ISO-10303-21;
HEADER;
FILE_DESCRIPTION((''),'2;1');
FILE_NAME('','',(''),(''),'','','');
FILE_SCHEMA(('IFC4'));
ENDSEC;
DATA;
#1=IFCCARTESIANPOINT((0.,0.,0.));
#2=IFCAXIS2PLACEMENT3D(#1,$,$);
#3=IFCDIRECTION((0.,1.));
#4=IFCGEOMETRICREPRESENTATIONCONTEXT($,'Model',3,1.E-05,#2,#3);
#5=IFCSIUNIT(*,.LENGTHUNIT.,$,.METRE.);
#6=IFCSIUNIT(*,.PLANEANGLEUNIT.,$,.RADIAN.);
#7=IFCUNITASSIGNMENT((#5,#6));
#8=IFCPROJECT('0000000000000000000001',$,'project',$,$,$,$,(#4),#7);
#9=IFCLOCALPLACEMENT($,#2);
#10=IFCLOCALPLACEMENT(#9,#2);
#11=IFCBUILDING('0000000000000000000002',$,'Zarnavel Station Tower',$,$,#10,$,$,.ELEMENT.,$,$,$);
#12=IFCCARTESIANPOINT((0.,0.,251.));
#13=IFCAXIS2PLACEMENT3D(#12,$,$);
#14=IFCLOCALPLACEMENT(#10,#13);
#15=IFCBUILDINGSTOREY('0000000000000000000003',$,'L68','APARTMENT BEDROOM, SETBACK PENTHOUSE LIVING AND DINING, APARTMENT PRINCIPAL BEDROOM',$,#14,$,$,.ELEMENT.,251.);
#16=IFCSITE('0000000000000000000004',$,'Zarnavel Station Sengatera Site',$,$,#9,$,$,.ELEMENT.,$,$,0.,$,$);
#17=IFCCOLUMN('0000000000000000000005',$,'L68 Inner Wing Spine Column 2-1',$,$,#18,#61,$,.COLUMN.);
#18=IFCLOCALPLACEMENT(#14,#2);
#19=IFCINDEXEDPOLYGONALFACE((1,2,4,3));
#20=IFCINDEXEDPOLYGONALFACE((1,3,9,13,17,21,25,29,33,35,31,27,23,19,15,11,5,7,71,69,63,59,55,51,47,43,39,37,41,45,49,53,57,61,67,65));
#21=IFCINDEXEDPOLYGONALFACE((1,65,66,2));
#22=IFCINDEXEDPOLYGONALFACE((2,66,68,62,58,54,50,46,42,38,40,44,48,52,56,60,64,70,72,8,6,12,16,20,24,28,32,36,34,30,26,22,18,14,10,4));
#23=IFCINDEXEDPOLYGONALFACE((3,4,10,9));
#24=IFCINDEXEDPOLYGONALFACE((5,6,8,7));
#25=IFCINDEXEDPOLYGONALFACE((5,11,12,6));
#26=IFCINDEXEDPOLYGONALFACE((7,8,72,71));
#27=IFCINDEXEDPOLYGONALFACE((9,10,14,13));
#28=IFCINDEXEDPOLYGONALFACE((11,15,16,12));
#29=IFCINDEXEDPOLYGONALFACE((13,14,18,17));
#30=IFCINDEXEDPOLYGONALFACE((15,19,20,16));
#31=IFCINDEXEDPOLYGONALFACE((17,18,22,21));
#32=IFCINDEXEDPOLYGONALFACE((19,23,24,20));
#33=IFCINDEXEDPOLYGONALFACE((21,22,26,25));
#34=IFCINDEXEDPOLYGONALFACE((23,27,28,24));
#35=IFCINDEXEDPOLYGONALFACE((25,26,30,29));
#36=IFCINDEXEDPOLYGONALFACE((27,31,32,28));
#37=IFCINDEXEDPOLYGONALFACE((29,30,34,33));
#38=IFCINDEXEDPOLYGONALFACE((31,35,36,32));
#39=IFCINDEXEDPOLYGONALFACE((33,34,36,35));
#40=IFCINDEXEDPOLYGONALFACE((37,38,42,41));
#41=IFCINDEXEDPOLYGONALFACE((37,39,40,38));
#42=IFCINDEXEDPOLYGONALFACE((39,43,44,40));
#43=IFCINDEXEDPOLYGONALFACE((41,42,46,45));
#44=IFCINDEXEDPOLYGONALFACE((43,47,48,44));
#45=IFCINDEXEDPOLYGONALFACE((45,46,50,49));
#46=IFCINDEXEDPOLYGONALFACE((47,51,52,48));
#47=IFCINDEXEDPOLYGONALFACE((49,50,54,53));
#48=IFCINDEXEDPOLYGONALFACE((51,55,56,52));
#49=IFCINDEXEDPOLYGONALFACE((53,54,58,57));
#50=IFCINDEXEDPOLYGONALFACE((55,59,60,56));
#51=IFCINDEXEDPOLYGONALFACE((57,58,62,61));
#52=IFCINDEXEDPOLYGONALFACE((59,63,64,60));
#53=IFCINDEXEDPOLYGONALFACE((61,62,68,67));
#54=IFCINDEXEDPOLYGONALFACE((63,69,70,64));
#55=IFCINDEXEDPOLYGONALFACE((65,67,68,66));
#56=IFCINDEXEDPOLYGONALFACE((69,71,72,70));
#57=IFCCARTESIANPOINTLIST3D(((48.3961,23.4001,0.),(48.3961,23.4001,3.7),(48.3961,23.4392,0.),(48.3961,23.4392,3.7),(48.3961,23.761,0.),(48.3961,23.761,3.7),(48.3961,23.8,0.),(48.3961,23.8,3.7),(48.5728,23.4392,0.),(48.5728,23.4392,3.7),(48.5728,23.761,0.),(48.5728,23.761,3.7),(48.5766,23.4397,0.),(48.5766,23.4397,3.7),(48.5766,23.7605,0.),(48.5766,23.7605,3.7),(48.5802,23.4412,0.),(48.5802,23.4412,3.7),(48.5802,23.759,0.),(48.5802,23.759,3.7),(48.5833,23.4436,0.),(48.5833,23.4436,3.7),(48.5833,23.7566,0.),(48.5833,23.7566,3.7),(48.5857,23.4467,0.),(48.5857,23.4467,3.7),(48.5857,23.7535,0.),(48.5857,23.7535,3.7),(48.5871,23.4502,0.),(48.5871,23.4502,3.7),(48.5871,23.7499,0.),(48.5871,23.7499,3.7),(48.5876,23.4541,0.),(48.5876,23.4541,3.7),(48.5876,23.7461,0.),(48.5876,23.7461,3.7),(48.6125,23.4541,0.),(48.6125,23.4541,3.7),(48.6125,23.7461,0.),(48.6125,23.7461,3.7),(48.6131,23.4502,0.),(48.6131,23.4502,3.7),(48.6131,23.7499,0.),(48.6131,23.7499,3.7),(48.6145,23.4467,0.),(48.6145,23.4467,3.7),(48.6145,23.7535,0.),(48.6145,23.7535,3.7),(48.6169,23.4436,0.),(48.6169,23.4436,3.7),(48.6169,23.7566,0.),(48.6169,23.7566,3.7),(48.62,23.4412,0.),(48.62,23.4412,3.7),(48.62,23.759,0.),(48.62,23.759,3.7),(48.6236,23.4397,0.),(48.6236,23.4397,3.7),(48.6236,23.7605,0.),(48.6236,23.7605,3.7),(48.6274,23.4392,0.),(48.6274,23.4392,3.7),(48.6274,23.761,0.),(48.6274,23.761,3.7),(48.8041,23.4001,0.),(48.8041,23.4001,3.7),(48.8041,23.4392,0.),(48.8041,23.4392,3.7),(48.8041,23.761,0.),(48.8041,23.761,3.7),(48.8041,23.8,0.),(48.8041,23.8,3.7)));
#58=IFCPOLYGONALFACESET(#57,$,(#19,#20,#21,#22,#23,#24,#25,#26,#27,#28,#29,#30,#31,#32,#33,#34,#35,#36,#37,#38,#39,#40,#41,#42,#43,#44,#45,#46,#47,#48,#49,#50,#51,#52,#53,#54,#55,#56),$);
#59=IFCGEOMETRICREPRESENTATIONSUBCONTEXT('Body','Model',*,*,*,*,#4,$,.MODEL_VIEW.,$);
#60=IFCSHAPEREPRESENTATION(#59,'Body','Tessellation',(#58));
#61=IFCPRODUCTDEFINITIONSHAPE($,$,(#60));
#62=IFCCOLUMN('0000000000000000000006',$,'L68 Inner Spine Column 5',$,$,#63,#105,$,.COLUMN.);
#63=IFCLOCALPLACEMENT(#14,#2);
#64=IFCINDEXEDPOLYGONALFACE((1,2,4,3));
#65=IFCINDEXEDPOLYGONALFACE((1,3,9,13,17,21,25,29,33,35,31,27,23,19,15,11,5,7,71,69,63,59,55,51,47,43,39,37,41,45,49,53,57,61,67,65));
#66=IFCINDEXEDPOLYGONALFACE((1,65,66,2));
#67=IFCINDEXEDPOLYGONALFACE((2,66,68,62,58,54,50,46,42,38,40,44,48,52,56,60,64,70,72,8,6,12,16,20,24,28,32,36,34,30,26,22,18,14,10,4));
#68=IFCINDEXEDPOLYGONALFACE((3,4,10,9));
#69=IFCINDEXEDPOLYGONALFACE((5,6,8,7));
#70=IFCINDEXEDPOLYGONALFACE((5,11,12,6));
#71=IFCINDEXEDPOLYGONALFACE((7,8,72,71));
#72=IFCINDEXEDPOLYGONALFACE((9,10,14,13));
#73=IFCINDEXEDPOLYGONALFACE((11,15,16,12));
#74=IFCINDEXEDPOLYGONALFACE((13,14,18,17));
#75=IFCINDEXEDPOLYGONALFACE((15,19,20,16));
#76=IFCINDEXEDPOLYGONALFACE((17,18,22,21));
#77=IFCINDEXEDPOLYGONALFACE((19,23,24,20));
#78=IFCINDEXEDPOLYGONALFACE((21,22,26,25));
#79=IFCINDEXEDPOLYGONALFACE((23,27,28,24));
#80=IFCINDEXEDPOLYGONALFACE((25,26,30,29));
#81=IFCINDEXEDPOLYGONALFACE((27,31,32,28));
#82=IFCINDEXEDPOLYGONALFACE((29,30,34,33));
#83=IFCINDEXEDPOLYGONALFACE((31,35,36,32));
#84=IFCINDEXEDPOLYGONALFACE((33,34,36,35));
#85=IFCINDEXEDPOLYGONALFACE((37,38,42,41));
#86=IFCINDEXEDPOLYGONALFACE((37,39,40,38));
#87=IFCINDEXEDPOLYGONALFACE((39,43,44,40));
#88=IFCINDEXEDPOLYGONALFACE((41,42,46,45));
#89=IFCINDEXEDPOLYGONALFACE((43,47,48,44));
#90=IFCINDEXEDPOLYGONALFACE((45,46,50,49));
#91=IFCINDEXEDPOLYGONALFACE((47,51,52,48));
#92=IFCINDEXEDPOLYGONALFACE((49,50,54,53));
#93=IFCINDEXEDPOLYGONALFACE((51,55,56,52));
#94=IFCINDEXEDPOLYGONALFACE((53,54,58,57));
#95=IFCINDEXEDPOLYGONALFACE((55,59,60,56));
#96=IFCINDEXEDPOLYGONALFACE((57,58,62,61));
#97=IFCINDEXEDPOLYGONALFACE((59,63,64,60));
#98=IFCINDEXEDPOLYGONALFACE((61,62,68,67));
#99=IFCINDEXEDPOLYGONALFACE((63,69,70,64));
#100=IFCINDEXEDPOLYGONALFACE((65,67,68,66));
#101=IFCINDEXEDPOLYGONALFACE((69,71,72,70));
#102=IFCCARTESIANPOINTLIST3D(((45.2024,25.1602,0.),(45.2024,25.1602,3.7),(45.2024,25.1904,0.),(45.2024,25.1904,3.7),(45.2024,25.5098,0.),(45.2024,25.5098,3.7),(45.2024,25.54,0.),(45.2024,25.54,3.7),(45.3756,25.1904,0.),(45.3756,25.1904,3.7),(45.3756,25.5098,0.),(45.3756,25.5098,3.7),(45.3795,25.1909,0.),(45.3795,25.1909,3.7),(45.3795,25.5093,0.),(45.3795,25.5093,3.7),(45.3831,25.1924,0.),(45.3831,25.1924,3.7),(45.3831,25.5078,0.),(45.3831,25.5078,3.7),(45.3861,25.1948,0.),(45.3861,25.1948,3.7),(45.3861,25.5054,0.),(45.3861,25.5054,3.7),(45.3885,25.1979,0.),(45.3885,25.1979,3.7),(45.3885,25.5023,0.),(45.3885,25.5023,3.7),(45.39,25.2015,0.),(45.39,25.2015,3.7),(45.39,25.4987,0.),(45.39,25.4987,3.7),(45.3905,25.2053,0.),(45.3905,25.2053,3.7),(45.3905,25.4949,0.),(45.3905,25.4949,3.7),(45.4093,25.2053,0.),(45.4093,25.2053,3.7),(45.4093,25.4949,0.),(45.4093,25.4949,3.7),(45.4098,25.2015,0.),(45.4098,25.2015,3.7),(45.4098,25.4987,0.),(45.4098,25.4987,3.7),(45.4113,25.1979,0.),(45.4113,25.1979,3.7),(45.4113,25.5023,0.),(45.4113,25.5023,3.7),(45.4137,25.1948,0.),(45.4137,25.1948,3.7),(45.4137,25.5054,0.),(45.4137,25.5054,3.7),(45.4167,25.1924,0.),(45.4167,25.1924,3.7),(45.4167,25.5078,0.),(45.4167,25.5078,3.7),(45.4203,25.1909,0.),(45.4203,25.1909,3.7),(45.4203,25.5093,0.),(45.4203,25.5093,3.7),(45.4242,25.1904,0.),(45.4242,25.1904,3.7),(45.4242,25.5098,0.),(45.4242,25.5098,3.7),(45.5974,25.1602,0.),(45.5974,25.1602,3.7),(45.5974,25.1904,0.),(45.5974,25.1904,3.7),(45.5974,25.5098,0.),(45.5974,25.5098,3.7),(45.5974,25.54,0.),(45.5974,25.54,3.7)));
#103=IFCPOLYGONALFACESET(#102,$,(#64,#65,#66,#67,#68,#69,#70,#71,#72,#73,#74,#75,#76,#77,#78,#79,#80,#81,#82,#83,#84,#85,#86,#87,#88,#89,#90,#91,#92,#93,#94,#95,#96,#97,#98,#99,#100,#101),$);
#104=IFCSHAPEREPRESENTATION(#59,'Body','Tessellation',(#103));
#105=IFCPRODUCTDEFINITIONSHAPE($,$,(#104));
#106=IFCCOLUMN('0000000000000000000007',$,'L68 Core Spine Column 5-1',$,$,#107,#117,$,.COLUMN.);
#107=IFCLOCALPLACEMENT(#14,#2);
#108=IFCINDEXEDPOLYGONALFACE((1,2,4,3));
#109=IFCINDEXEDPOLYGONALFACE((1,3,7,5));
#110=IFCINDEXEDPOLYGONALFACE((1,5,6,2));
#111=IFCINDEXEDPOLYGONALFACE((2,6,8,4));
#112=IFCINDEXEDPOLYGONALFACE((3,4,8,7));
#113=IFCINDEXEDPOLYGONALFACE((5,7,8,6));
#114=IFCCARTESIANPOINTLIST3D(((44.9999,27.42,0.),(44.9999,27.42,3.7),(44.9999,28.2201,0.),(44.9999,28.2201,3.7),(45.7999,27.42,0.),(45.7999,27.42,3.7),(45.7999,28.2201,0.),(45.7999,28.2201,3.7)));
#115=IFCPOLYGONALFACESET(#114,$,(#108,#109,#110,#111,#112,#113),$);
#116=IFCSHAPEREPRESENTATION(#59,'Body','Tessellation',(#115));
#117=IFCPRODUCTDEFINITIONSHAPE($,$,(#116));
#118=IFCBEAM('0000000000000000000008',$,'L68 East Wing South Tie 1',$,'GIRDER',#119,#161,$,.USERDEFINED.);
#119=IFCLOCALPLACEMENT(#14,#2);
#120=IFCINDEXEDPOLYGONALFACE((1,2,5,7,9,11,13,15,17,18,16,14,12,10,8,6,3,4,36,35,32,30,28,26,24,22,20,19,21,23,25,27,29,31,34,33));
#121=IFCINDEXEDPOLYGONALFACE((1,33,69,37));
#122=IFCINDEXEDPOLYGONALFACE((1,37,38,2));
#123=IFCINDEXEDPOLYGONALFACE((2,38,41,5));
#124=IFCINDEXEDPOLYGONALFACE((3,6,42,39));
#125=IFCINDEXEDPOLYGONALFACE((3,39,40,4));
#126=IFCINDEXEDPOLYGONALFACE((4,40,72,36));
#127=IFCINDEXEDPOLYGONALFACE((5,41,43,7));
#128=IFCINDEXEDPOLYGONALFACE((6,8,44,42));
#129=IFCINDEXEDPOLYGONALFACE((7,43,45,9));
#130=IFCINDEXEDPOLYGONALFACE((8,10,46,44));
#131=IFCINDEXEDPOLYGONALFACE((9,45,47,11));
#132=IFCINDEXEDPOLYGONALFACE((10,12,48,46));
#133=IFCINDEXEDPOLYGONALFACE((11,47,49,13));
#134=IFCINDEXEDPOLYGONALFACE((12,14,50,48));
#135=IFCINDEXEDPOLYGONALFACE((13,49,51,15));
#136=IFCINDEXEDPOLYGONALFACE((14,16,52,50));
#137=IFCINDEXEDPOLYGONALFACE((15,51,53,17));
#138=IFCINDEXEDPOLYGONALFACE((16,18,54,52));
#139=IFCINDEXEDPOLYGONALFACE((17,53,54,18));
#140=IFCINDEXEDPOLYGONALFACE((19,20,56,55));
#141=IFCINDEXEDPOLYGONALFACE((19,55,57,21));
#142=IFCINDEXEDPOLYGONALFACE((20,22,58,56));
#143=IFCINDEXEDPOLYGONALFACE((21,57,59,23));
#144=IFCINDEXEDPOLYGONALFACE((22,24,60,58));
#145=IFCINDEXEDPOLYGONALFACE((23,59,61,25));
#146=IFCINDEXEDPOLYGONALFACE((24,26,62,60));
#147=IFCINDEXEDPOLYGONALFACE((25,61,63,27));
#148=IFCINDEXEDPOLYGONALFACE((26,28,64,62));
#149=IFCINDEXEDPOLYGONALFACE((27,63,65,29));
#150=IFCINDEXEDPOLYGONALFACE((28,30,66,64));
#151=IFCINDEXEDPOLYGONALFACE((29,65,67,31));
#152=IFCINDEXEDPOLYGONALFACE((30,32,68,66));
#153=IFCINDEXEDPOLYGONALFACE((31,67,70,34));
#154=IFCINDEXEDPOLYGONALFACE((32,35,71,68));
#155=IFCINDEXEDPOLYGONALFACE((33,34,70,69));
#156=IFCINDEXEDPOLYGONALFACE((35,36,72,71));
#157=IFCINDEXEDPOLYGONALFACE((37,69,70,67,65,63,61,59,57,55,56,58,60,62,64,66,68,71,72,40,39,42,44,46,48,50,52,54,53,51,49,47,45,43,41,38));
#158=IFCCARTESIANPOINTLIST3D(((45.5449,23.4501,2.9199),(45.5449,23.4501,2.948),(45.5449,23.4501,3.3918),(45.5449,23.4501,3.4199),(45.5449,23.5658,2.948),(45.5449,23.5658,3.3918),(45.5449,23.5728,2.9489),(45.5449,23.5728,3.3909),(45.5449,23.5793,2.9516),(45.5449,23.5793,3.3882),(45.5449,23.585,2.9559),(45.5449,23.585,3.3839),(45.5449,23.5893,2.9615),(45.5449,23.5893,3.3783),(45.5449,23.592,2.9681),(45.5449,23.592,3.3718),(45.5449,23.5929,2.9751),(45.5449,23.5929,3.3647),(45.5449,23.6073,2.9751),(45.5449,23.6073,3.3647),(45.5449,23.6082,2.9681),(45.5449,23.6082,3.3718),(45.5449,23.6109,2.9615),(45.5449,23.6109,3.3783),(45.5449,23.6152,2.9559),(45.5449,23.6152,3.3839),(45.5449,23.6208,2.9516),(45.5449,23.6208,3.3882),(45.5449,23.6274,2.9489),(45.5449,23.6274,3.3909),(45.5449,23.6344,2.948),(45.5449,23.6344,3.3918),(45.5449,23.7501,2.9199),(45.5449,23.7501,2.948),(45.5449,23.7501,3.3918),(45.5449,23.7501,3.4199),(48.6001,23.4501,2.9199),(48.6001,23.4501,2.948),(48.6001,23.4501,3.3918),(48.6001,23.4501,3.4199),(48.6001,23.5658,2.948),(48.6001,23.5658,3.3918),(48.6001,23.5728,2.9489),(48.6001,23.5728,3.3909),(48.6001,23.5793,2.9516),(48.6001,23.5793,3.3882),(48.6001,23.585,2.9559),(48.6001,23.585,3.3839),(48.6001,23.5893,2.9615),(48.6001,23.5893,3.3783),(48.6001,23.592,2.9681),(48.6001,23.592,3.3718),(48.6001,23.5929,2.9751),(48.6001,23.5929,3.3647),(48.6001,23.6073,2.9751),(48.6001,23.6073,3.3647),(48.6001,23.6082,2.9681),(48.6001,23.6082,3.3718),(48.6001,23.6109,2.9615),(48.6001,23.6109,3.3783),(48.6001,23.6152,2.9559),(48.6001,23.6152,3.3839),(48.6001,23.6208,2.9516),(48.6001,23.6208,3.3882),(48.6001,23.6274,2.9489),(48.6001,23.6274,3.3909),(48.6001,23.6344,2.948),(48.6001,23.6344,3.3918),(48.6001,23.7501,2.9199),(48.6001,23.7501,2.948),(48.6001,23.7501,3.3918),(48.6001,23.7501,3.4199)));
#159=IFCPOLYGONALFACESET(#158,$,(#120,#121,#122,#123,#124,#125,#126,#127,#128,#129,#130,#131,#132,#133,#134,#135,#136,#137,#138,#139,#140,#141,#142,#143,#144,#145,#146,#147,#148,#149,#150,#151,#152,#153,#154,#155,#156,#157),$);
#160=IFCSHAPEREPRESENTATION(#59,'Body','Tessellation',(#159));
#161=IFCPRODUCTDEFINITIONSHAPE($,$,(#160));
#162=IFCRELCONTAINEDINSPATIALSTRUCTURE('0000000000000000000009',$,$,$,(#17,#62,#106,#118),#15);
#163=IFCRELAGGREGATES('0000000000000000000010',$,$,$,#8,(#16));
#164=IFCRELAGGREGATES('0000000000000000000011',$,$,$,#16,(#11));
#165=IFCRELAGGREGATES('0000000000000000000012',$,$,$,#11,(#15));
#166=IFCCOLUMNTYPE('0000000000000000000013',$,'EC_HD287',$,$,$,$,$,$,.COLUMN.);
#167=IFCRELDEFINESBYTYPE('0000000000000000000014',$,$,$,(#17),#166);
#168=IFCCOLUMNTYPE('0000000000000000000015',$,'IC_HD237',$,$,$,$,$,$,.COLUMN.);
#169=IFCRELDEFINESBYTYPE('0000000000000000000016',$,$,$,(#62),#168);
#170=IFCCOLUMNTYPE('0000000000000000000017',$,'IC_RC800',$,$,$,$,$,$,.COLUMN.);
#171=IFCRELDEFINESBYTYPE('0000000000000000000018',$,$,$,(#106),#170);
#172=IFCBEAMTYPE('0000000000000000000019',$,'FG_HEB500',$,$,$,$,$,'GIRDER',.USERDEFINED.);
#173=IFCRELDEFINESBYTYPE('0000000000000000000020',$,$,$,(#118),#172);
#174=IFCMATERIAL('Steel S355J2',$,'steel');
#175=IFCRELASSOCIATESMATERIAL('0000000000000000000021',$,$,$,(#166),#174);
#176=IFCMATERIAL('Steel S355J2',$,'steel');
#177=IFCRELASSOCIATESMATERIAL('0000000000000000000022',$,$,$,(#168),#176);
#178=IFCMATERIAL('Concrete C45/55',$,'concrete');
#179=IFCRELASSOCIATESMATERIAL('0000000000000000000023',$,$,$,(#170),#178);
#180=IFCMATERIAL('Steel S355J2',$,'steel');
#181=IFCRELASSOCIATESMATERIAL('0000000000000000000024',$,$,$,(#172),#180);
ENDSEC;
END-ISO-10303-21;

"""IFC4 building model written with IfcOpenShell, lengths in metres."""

from ifc_helpers import new_model, si_unit, direction, frame, origin, origin_2d, place, context, subcontext, project, spatial, rectangle, i_section, extrude, material, material_profile, profile_set, type_object, element, save


model = new_model("IFC4")

# Units and contexts
model_context = context("Model", 3, precision=1e-05, world=origin(), true_north=direction((0.0, 1.0)))
body_context = subcontext(model_context, "Body", "Model", "MODEL_VIEW")
ifc_project = project(units=[si_unit("LENGTHUNIT", "METRE"), si_unit("PLANEANGLEUNIT", "RADIAN")], contexts=[model_context])

# Site, building, storey
site_placement = place(None, origin())
site = spatial("IfcSite", under=ifc_project, at=site_placement, Name="Zarnavel Station Sengatera Site", CompositionType="ELEMENT", RefElevation=0.0)
building_placement = place(site_placement, origin())
building = spatial("IfcBuilding", under=site, at=building_placement, Name="Zarnavel Station Tower", CompositionType="ELEMENT")
storey_placement = place(building_placement, frame((0.0, 0.0, 251.0)))
storey = spatial("IfcBuildingStorey", under=building, at=storey_placement, Name="L68", Description="APARTMENT BEDROOM, SETBACK PENTHOUSE LIVING AND DINING, APARTMENT PRINCIPAL BEDROOM", CompositionType="ELEMENT", Elevation=251.0)

# Columns
ifc_material_1 = material(Name="Steel S355J2", Category="steel")
ifc_material_profile_1 = material_profile(ifc_material_1, i_section(OverallWidth=0.408, OverallDepth=0.3999, WebThickness=0.0249, FlangeThickness=0.0391, FilletRadius=0.0149, at=origin_2d()), Name="HD400x287")
ifc_profile_set_1 = profile_set([ifc_material_profile_1], Name="Steel S355J2")
column_type_1 = type_object("IfcColumnType", Name="EC_HD287", PredefinedType="COLUMN", material=ifc_profile_set_1)
column_1_placement = place(storey_placement, frame((48.6001, 23.6001, 0.0), z_axis=(0.0, 0.0, 1.0), x_axis=(1.0, 0.0, 0.0)))
element("IfcColumn", 1, at=column_1_placement, inside=storey, type_object=column_type_1, Name="L68 Inner Wing Spine Column 2-1", PredefinedType="COLUMN", context=body_context, shape_type="SweptSolid", body=[
    extrude(i_section(OverallWidth=0.408, OverallDepth=0.3999, WebThickness=0.0249, FlangeThickness=0.0391, FilletRadius=0.0149, at=origin_2d()), origin(), (0.0, 0.0, 1.0), 3.7),
])
ifc_material_2 = material(Name="Steel S355J2", Category="steel")
ifc_material_profile_2 = material_profile(ifc_material_2, i_section(OverallWidth=0.395, OverallDepth=0.3799, WebThickness=0.0188, FlangeThickness=0.0303, FilletRadius=0.0149, at=origin_2d()), Name="HD400x237")
ifc_profile_set_2 = profile_set([ifc_material_profile_2], Name="Steel S355J2")
column_type_2 = type_object("IfcColumnType", Name="IC_HD237", PredefinedType="COLUMN", material=ifc_profile_set_2)
column_2_placement = place(storey_placement, frame((45.3999, 25.3501, 0.0), z_axis=(0.0, 0.0, 1.0), x_axis=(1.0, 0.0, 0.0)))
element("IfcColumn", 2, at=column_2_placement, inside=storey, type_object=column_type_2, Name="L68 Inner Spine Column 5", PredefinedType="COLUMN", context=body_context, shape_type="SweptSolid", body=[
    extrude(i_section(OverallWidth=0.395, OverallDepth=0.3799, WebThickness=0.0188, FlangeThickness=0.0303, FilletRadius=0.0149, at=origin_2d()), origin(), (0.0, 0.0, 1.0), 3.7),
])
ifc_material_3 = material(Name="Concrete C45/55", Category="concrete")
ifc_material_profile_3 = material_profile(ifc_material_3, rectangle(XDim=0.8, YDim=0.8, at=origin_2d()), Name="RC800x800")
ifc_profile_set_3 = profile_set([ifc_material_profile_3], Name="Concrete C45/55")
column_type_3 = type_object("IfcColumnType", Name="IC_RC800", PredefinedType="COLUMN", material=ifc_profile_set_3)
column_3_placement = place(storey_placement, frame((45.3999, 27.8201, 0.0), z_axis=(0.0, 0.0, 1.0), x_axis=(1.0, 0.0, 0.0)))
element("IfcColumn", 3, at=column_3_placement, inside=storey, type_object=column_type_3, Name="L68 Core Spine Column 5-1", PredefinedType="COLUMN", context=body_context, shape_type="SweptSolid", body=[
    extrude(rectangle(XDim=0.8, YDim=0.8, at=origin_2d()), origin(), (0.0, 0.0, 1.0), 3.7),
])

# Beam
ifc_material_4 = material(Name="Steel S355J2", Category="steel")
ifc_material_profile_4 = material_profile(ifc_material_4, i_section(OverallWidth=0.3, OverallDepth=0.5, WebThickness=0.0144, FlangeThickness=0.0281, FilletRadius=0.0271, at=origin_2d()), Name="HEB500")
ifc_profile_set_4 = profile_set([ifc_material_profile_4], Name="Steel S355J2")
beam_type_1 = type_object("IfcBeamType", Name="FG_HEB500", ElementType="GIRDER", PredefinedType="USERDEFINED", material=ifc_profile_set_4)
beam_1_placement = place(storey_placement, frame((45.5449, 23.6001, 3.1699), z_axis=(1.0, 0.0, 0.0), x_axis=(0.0, 1.0, 0.0)))
element("IfcBeam", 4, at=beam_1_placement, inside=storey, type_object=beam_type_1, Name="L68 East Wing South Tie 1", ObjectType="GIRDER", PredefinedType="USERDEFINED", context=body_context, shape_type="SweptSolid", body=[
    extrude(i_section(OverallWidth=0.3, OverallDepth=0.5, WebThickness=0.0144, FlangeThickness=0.0281, FilletRadius=0.0271, at=origin_2d()), origin(), (0.0, 0.0, 1.0), 3.0552),
])

save(model, "model.ifc")
